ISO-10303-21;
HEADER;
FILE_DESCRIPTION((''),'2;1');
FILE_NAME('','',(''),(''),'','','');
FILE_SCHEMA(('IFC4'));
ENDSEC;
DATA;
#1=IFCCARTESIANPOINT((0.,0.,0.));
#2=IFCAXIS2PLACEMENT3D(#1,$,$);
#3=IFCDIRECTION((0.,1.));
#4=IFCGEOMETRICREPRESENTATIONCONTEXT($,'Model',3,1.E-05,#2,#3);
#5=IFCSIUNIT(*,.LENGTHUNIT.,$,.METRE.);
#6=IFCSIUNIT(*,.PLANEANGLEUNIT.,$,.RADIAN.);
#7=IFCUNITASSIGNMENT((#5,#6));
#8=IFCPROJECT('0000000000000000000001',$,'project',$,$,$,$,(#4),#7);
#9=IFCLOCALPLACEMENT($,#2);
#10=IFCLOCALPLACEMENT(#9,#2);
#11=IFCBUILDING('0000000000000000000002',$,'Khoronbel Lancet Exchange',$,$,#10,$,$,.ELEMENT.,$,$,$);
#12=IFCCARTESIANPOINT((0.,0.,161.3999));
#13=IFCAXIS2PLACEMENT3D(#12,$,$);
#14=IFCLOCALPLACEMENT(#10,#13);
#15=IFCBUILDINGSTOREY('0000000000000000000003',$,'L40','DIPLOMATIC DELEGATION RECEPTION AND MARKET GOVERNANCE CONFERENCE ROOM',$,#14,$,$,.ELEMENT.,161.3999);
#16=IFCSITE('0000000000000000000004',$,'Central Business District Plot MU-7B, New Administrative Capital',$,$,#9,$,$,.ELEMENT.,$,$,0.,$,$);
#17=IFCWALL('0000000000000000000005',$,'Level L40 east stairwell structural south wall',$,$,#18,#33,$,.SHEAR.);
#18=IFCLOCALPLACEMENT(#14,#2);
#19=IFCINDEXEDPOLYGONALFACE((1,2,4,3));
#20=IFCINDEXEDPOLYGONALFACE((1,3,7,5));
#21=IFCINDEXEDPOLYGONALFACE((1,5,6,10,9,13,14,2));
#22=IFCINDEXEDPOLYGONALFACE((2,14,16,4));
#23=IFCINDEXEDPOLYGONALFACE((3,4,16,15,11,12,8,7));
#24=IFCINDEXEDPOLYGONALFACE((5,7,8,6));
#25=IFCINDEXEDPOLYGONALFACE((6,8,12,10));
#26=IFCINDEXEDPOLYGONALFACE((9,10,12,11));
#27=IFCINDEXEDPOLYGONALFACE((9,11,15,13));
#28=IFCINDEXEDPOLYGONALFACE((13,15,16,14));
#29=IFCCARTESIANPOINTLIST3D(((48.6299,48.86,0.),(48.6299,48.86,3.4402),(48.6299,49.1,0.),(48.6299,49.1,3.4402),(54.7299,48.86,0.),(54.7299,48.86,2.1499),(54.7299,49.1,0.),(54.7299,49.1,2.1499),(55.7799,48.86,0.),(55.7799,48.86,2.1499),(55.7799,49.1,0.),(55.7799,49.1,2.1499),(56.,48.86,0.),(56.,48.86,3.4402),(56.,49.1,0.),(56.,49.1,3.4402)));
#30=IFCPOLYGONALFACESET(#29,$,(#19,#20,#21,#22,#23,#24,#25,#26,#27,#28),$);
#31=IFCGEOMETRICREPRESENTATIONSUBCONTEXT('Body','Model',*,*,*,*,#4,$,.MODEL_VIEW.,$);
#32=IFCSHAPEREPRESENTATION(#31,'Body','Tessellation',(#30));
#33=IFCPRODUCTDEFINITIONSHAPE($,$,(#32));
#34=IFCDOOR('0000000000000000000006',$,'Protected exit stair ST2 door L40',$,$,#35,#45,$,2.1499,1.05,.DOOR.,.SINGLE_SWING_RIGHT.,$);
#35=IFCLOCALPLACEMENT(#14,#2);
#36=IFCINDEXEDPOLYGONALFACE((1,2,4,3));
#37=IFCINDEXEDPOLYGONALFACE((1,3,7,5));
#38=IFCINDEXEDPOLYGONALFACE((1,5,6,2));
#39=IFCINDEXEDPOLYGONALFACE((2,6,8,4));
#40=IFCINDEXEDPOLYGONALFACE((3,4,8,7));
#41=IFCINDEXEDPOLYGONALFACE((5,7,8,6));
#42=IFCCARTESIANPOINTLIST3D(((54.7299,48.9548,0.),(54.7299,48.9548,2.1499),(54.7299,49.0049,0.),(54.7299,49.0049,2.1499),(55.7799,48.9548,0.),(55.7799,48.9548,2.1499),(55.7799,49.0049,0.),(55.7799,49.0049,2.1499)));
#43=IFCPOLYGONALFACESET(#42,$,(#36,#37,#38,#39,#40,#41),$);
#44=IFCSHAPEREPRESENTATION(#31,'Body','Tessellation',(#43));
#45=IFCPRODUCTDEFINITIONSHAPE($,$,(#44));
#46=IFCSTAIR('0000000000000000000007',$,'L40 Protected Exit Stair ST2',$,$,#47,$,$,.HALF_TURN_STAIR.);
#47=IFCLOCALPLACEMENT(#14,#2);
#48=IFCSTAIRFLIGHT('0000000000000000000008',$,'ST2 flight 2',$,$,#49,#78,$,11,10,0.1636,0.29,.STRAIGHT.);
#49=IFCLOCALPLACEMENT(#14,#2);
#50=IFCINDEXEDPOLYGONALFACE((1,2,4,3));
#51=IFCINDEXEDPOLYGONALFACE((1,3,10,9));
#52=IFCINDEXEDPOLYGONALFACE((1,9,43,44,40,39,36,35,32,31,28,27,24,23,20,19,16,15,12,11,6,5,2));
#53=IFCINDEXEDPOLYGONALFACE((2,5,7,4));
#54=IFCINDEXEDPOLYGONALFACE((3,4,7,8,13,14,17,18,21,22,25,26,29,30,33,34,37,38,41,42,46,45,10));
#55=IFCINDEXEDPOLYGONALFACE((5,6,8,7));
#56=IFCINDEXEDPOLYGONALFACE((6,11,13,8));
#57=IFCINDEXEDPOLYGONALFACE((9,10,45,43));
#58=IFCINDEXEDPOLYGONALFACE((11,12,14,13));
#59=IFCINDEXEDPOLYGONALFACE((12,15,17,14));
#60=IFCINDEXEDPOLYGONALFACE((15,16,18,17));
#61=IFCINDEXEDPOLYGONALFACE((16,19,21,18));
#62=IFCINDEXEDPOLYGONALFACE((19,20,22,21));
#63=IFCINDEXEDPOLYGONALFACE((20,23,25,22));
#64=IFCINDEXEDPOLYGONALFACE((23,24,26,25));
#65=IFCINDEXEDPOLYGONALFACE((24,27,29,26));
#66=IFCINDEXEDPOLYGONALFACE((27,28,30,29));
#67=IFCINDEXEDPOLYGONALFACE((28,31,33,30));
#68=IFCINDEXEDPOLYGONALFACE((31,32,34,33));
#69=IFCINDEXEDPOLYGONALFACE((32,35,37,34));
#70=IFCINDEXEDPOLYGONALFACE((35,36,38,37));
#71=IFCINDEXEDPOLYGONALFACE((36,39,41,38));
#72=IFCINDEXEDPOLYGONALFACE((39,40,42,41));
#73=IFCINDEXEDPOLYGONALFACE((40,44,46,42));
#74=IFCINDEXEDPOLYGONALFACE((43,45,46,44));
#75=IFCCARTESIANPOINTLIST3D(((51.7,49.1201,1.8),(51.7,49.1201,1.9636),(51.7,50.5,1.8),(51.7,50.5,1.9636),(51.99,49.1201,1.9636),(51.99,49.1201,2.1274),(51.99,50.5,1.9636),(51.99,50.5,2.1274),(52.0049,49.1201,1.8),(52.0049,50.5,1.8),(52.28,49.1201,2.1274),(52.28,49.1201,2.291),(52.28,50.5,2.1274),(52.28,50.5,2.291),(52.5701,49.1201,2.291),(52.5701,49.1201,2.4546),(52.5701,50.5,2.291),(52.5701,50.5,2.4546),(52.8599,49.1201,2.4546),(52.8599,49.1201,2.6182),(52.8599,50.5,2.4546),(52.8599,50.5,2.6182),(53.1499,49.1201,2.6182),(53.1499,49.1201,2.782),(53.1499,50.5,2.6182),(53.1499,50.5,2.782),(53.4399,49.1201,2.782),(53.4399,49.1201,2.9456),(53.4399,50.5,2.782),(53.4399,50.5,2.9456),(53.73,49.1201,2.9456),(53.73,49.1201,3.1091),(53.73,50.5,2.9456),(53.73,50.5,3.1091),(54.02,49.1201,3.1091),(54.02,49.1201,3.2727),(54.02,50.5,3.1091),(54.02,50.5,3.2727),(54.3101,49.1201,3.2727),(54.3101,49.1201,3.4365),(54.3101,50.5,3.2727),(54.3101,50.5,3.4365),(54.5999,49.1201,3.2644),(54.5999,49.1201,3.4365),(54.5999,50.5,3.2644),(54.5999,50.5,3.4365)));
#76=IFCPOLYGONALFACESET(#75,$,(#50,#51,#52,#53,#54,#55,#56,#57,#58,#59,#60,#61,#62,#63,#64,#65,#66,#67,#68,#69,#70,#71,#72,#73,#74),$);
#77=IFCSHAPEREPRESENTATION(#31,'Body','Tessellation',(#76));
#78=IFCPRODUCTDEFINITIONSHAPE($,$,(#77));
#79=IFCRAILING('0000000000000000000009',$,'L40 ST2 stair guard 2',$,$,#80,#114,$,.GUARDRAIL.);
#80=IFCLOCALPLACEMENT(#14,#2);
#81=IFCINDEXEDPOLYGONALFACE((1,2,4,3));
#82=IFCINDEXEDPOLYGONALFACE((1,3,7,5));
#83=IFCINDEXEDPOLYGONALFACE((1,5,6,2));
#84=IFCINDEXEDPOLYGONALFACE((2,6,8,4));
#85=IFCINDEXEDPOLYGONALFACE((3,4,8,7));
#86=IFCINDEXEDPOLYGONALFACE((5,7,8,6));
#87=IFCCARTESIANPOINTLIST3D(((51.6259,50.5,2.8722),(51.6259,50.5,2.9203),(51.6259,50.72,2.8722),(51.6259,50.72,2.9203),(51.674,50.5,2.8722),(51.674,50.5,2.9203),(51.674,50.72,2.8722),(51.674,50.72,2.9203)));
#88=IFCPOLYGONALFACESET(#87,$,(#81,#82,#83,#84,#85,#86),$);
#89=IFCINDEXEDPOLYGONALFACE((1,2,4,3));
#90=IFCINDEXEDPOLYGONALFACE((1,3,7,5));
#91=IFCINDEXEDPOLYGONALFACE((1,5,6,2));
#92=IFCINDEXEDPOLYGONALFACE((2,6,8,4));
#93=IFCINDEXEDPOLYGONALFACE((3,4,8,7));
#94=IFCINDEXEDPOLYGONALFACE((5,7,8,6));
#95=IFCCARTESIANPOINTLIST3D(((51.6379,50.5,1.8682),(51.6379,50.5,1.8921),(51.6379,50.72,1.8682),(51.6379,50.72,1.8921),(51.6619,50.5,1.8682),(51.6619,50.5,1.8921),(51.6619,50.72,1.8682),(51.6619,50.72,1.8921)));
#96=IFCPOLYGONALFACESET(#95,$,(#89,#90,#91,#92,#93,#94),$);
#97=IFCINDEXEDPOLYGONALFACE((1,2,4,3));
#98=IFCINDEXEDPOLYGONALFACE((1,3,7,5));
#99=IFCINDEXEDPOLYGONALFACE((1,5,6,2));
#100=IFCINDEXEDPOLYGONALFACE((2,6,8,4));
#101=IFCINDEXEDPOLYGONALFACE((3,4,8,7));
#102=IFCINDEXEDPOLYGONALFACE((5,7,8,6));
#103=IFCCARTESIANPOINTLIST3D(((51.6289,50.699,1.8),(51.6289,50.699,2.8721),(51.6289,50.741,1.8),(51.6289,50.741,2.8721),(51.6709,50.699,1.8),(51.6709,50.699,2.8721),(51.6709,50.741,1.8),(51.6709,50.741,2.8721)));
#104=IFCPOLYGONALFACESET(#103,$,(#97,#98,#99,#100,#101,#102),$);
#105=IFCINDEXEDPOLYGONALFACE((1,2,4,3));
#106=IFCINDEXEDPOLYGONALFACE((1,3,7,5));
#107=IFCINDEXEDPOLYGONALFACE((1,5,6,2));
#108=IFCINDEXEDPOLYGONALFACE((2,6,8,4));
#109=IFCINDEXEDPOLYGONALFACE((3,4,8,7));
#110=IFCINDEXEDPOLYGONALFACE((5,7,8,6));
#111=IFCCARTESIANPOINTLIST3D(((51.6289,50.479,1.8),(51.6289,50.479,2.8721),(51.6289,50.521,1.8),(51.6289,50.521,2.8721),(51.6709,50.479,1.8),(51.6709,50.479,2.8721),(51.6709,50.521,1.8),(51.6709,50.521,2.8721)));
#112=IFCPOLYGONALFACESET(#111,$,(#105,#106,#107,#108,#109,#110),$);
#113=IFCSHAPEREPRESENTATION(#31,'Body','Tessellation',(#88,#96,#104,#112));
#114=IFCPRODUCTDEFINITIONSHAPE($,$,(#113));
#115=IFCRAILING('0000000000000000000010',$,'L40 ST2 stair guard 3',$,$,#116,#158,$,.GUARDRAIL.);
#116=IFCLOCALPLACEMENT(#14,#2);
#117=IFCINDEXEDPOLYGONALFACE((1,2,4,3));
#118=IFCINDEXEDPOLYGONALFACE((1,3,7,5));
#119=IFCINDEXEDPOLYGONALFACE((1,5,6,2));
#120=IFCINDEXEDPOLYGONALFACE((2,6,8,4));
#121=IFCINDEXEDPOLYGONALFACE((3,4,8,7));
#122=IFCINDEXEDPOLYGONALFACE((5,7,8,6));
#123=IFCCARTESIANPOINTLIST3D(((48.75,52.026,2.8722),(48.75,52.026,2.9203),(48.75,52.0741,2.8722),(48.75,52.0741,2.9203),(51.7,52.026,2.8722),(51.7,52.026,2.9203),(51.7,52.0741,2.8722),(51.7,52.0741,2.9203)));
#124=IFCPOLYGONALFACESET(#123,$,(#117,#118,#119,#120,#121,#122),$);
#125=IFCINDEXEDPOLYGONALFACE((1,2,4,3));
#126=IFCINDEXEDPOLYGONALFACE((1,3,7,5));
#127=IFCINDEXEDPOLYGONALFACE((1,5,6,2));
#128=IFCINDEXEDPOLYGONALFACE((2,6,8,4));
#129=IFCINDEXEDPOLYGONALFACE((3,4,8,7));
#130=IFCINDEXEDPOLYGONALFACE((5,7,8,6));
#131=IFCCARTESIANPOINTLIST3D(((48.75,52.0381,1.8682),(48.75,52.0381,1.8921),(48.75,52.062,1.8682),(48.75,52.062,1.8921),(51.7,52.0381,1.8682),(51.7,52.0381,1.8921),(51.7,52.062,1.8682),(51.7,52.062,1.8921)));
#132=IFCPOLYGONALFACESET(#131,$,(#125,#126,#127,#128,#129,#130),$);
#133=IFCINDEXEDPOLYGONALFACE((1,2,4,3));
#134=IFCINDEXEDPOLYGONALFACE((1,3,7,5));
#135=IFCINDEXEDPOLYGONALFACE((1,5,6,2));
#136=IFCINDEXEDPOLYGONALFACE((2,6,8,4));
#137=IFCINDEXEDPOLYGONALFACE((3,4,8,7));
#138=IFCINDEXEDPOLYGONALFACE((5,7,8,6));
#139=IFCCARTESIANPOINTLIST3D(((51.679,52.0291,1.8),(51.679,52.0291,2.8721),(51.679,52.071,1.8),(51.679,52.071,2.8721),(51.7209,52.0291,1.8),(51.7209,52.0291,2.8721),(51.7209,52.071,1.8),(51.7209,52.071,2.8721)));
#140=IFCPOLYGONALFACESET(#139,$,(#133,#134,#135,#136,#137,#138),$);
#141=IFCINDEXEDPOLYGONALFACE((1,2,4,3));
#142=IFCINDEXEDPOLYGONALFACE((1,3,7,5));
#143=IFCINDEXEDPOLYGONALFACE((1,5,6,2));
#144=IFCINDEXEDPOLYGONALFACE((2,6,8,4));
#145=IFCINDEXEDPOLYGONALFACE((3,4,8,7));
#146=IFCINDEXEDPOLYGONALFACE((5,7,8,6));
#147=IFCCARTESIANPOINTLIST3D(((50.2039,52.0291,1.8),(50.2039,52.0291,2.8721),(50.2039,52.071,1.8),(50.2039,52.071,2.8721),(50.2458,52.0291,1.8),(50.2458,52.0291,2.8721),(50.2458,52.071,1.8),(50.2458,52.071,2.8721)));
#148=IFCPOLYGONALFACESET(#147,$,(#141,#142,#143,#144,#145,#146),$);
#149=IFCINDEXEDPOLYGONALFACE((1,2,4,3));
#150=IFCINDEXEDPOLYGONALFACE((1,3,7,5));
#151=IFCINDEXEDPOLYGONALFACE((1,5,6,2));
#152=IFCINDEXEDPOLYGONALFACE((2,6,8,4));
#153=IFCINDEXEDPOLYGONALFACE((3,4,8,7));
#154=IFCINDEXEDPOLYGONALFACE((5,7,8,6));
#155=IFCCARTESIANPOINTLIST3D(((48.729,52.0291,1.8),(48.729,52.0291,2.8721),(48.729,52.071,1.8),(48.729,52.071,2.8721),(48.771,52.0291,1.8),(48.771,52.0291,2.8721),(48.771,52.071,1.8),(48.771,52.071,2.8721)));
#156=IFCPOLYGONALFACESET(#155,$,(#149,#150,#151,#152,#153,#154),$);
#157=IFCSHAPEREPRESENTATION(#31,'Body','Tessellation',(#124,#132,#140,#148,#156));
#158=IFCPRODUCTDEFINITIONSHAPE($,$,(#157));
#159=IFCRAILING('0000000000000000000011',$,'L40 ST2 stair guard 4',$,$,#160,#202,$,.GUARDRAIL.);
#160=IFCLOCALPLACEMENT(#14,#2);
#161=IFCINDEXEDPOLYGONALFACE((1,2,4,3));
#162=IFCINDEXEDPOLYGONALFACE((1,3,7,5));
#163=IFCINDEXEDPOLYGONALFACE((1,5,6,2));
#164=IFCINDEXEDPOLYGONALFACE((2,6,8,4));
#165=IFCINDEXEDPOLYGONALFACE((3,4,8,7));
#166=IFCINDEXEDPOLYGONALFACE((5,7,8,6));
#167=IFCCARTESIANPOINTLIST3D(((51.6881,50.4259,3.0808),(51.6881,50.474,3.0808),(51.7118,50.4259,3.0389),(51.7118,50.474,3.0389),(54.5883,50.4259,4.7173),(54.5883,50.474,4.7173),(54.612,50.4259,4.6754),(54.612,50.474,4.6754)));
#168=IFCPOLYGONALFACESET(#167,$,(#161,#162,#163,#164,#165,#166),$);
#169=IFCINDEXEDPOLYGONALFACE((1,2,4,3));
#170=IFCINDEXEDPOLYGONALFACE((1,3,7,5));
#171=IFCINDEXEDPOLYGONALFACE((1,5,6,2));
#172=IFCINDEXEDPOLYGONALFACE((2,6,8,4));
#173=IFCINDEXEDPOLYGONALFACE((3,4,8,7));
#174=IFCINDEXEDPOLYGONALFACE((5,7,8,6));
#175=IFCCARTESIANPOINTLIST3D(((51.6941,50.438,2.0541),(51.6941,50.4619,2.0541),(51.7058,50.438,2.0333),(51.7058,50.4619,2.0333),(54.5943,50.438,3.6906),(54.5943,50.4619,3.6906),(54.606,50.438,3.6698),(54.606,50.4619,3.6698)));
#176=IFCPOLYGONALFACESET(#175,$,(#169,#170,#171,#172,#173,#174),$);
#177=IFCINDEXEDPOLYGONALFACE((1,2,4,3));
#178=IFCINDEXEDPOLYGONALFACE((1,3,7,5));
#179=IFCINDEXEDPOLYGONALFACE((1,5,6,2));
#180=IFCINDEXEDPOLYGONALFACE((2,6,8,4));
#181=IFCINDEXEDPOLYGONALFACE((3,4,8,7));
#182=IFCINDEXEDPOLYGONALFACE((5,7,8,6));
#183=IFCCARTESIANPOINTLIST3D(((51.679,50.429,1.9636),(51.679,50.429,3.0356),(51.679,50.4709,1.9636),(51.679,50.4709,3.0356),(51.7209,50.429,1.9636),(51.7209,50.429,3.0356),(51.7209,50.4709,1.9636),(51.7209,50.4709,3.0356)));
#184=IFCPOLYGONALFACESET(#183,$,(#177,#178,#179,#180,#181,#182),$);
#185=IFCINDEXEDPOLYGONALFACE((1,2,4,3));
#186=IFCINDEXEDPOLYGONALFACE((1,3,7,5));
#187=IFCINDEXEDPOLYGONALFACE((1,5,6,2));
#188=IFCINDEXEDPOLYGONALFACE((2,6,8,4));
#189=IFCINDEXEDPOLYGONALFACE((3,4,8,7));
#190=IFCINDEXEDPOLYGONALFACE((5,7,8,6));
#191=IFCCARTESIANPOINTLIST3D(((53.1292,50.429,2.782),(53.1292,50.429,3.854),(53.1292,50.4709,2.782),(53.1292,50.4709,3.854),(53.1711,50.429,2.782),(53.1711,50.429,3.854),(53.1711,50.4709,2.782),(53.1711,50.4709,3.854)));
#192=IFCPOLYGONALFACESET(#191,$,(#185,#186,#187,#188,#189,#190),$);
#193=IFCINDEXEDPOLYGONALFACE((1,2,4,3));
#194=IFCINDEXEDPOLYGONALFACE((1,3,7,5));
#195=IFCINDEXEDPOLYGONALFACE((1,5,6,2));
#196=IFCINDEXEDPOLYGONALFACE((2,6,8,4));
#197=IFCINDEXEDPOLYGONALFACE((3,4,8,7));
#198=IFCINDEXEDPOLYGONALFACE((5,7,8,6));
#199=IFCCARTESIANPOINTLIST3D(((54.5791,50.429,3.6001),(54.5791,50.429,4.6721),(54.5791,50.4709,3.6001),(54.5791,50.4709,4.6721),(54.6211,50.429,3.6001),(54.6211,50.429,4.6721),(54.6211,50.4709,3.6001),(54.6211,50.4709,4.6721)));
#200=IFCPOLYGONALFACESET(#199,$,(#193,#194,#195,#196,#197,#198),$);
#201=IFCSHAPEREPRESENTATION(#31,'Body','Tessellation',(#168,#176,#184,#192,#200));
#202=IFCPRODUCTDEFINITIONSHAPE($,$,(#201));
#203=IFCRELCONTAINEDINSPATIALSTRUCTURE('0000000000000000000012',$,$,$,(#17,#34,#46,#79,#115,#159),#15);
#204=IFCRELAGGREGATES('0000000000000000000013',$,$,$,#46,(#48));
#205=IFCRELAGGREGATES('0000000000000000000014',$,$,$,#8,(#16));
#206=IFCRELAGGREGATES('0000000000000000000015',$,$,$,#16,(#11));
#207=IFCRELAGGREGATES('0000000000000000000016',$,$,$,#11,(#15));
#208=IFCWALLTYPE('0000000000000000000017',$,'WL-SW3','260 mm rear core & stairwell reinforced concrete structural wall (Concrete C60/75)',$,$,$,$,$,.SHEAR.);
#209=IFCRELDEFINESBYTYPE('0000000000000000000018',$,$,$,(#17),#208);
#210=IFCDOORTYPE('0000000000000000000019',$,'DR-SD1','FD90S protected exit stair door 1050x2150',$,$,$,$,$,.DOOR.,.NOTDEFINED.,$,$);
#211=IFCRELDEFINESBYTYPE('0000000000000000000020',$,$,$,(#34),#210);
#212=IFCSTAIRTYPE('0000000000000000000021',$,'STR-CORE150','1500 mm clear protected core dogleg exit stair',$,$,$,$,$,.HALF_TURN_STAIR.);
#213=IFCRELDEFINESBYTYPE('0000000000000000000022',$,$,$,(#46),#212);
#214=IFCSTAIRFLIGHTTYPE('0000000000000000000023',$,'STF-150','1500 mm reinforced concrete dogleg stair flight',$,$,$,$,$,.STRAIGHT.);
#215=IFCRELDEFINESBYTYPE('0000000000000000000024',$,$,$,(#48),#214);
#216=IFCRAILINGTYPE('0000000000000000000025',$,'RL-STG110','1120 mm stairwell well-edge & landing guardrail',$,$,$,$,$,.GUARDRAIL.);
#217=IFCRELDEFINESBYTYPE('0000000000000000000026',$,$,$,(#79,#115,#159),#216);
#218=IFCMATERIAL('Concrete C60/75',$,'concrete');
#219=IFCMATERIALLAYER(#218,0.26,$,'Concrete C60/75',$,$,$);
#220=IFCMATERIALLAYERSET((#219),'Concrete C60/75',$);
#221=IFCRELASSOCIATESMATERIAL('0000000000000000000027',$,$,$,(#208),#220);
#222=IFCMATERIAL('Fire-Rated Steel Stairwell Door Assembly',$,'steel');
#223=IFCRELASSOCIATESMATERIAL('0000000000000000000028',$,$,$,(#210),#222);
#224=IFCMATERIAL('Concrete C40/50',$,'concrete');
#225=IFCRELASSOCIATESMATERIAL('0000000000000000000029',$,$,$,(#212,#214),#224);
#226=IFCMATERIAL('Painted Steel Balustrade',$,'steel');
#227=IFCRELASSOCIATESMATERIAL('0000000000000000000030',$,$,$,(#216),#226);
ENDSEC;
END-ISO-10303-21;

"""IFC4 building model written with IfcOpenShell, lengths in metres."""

from ifc_helpers import new_model, si_unit, direction, frame, frame_2d, origin, origin_2d, place, context, subcontext, project, spatial, polyline, rectangle, outline, extrude, material, layer, layer_set, type_object, element, fill, aggregate, save


model = new_model("IFC4")

# Units and contexts
model_context = context("Model", 3, precision=1e-05, world=origin(), true_north=direction((0.0, 1.0)))
body_context = subcontext(model_context, "Body", "Model", "MODEL_VIEW")
ifc_project = project(units=[si_unit("LENGTHUNIT", "METRE"), si_unit("PLANEANGLEUNIT", "RADIAN")], contexts=[model_context])

# Site, building, storey
site_placement = place(None, origin())
site = spatial("IfcSite", under=ifc_project, at=site_placement, Name="Central Business District Plot MU-7B, New Administrative Capital", CompositionType="ELEMENT", RefElevation=0.0)
building_placement = place(site_placement, origin())
building = spatial("IfcBuilding", under=site, at=building_placement, Name="Khoronbel Lancet Exchange", CompositionType="ELEMENT")
storey_placement = place(building_placement, frame((0.0, 0.0, 161.3999)))
storey = spatial("IfcBuildingStorey", under=building, at=storey_placement, Name="L40", Description="DIPLOMATIC DELEGATION RECEPTION AND MARKET GOVERNANCE CONFERENCE ROOM", CompositionType="ELEMENT", Elevation=161.3999)

# Wall, opening, door
ifc_material_1 = material(Name="Concrete C60/75", Category="concrete")
ifc_layer_1 = layer(ifc_material_1, 0.26, Name="Concrete C60/75")
ifc_layer_set_1 = layer_set([ifc_layer_1], Name="Concrete C60/75")
wall_type_1 = type_object("IfcWallType", Name="WL-SW3", Description="260 mm rear core & stairwell reinforced concrete structural wall (Concrete C60/75)", PredefinedType="SHEAR", material=ifc_layer_set_1)
wall_1_placement = place(storey_placement, frame((48.6299, 48.98, 0.0), z_axis=(0.0, 0.0, 1.0), x_axis=(1.0, 0.0, 0.0)))
wall_1 = element("IfcWall", 1, at=wall_1_placement, inside=storey, type_object=wall_type_1, Name="Level L40 east stairwell structural south wall", PredefinedType="SHEAR", context=body_context, shape_type="SweptSolid", body=[
    extrude(rectangle(XDim=7.3701, YDim=0.24, at=frame_2d((3.6851, 0.0))), origin(), (0.0, 0.0, 1.0), 3.4402),
])
opening_1_placement = place(wall_1_placement, frame((6.1001, 0.0, 0.0)))
opening_1 = element("IfcOpeningElement", 2, at=opening_1_placement, cuts=wall_1, PredefinedType="OPENING", context=body_context, shape_type="SweptSolid", body=[
    extrude(rectangle(XDim=1.05, YDim=2.1499, at=frame_2d((0.5249, 1.075))), frame((0.0, 0.1299, 0.0), z_axis=(0.0, -1.0, 0.0), x_axis=(1.0, 0.0, 0.0)), (0.0, 0.0, 1.0), 0.26),
])
ifc_material_2 = material(Name="Fire-Rated Steel Stairwell Door Assembly", Category="steel")
door_type_1 = type_object("IfcDoorType", Name="DR-SD1", Description="FD90S protected exit stair door 1050x2150", OperationType="NOTDEFINED", PredefinedType="DOOR", material=ifc_material_2)
door_1_placement = place(opening_1_placement, origin())
door_1 = element("IfcDoor", 3, at=door_1_placement, inside=storey, type_object=door_type_1, Name="Protected exit stair ST2 door L40", OperationType="SINGLE_SWING_RIGHT", OverallHeight=2.1499, OverallWidth=1.05, PredefinedType="DOOR", context=body_context, shape_type="SweptSolid", body=[
    extrude(rectangle(XDim=1.05, YDim=2.1499, at=frame_2d((0.5249, 1.075))), frame((0.0, 0.0249, 0.0), z_axis=(0.0, -1.0, 0.0), x_axis=(1.0, 0.0, 0.0)), (0.0, 0.0, 1.0), 0.05),
])
fill(opening_1, door_1)

# Stair, stair flight
ifc_material_3 = material(Name="Concrete C40/50", Category="concrete")
stair_type = type_object("IfcStairType", Name="STR-CORE150", Description="1500 mm clear protected core dogleg exit stair", PredefinedType="HALF_TURN_STAIR", material=ifc_material_3)
stair_placement = place(storey_placement, origin())
stair = element("IfcStair", 4, at=stair_placement, inside=storey, type_object=stair_type, Name="L40 Protected Exit Stair ST2", PredefinedType="HALF_TURN_STAIR")
stair_flight_type = type_object("IfcStairFlightType", Name="STF-150", Description="1500 mm reinforced concrete dogleg stair flight", PredefinedType="STRAIGHT", material=ifc_material_3)
stair_flight_placement = place(storey_placement, frame((51.7, 49.8101, 1.8), z_axis=(0.0, 0.0, 1.0), x_axis=(1.0, 0.0, 0.0)))
stair_flight = element("IfcStairFlight", 5, at=stair_flight_placement, type_object=stair_flight_type, Name="ST2 flight 2", NumberOfRisers=11, NumberOfTreads=10, PredefinedType="STRAIGHT", RiserHeight=0.1636, TreadLength=0.29, context=body_context, shape_type="SweptSolid", body=[
    extrude(outline(polyline([(0.0, 0.0), (0.0, 0.1636), (0.29, 0.1636), (0.29, 0.3274), (0.5801, 0.3274), (0.5801, 0.491), (0.8701, 0.491), (0.8701, 0.6545), (1.1599, 0.6545), (1.1599, 0.8181), (1.45, 0.8181), (1.45, 0.9819), (1.74, 0.9819), (1.74, 1.1455), (2.03, 1.1455), (2.03, 1.3091), (2.3201, 1.3091), (2.3201, 1.4727), (2.6101, 1.4727), (2.6101, 1.6365), (2.8999, 1.6365), (2.8999, 1.8), (2.8999, 1.4644), (0.3049, 0.0), (0.0, 0.0)])), frame((0.0, 0.6899, 0.0), z_axis=(0.0, -1.0, 0.0), x_axis=(1.0, 0.0, 0.0)), (0.0, 0.0, 1.0), 1.3799),
])
aggregate(stair, [stair_flight])

# Railings
ifc_material_4 = material(Name="Painted Steel Balustrade", Category="steel")
railing_type_1 = type_object("IfcRailingType", Name="RL-STG110", Description="1120 mm stairwell well-edge & landing guardrail", PredefinedType="GUARDRAIL", material=ifc_material_4)
railing_1_placement = place(storey_placement, frame((51.6499, 50.72, 1.8)))
element("IfcRailing", 6, at=railing_1_placement, inside=storey, type_object=railing_type_1, Name="L40 ST2 stair guard 2", PredefinedType="GUARDRAIL", context=body_context, shape_type="SweptSolid", body=[
    extrude(rectangle(XDim=0.0481, YDim=0.0481, at=origin_2d()), frame((0.0, 0.0, 1.0962), z_axis=(0.0, -1.0, 0.0), x_axis=(1.0, 0.0, 0.0)), (0.0, 0.0, 1.0), 0.22),
    extrude(rectangle(XDim=0.0239, YDim=0.0239, at=origin_2d()), frame((0.0, 0.0, 0.0801), z_axis=(0.0, -1.0, 0.0), x_axis=(1.0, 0.0, 0.0)), (0.0, 0.0, 1.0), 0.22),
    extrude(rectangle(XDim=0.042, YDim=0.042, at=origin_2d()), origin(), (0.0, 0.0, 1.0), 1.072),
    extrude(rectangle(XDim=0.042, YDim=0.042, at=origin_2d()), frame((0.0, -0.22, 0.0)), (0.0, 0.0, 1.0), 1.072),
])
railing_2_placement = place(storey_placement, frame((51.7, 52.05, 1.8)))
element("IfcRailing", 7, at=railing_2_placement, inside=storey, type_object=railing_type_1, Name="L40 ST2 stair guard 3", PredefinedType="GUARDRAIL", context=body_context, shape_type="SweptSolid", body=[
    extrude(rectangle(XDim=0.0481, YDim=0.0481, at=origin_2d()), frame((0.0, 0.0, 1.0962), z_axis=(-1.0, 0.0, 0.0), x_axis=(0.0, -1.0, 0.0)), (0.0, 0.0, 1.0), 2.95),
    extrude(rectangle(XDim=0.0239, YDim=0.0239, at=origin_2d()), frame((0.0, 0.0, 0.0801), z_axis=(-1.0, 0.0, 0.0), x_axis=(0.0, -1.0, 0.0)), (0.0, 0.0, 1.0), 2.95),
    extrude(rectangle(XDim=0.042, YDim=0.042, at=origin_2d()), origin(), (0.0, 0.0, 1.0), 1.072),
    extrude(rectangle(XDim=0.042, YDim=0.042, at=origin_2d()), frame((-1.4751, 0.0, 0.0)), (0.0, 0.0, 1.0), 1.072),
    extrude(rectangle(XDim=0.042, YDim=0.042, at=origin_2d()), frame((-2.95, 0.0, 0.0)), (0.0, 0.0, 1.0), 1.072),
])
railing_3_placement = place(storey_placement, frame((51.7, 50.45, 1.9636)))
element("IfcRailing", 8, at=railing_3_placement, inside=storey, type_object=railing_type_1, Name="L40 ST2 stair guard 4", PredefinedType="GUARDRAIL", context=body_context, shape_type="SweptSolid", body=[
    extrude(rectangle(XDim=0.0481, YDim=0.0481, at=origin_2d()), frame((0.0, 0.0, 1.0962), z_axis=(0.870915, 0.0, 0.491434), x_axis=(0.0, 1.0, 0.0)), (0.0, 0.0, 1.0), 3.3301),
    extrude(rectangle(XDim=0.0239, YDim=0.0239, at=origin_2d()), frame((0.0, 0.0, 0.0801), z_axis=(0.870915, 0.0, 0.491434), x_axis=(0.0, 1.0, 0.0)), (0.0, 0.0, 1.0), 3.3301),
    extrude(rectangle(XDim=0.042, YDim=0.042, at=origin_2d()), origin(), (0.0, 0.0, 1.0), 1.072),
    extrude(rectangle(XDim=0.042, YDim=0.042, at=origin_2d()), frame((1.4502, 0.0, 0.8184)), (0.0, 0.0, 1.0), 1.072),
    extrude(rectangle(XDim=0.042, YDim=0.042, at=origin_2d()), frame((2.9001, 0.0, 1.6365)), (0.0, 0.0, 1.0), 1.072),
])

save(model, "model.ifc")
